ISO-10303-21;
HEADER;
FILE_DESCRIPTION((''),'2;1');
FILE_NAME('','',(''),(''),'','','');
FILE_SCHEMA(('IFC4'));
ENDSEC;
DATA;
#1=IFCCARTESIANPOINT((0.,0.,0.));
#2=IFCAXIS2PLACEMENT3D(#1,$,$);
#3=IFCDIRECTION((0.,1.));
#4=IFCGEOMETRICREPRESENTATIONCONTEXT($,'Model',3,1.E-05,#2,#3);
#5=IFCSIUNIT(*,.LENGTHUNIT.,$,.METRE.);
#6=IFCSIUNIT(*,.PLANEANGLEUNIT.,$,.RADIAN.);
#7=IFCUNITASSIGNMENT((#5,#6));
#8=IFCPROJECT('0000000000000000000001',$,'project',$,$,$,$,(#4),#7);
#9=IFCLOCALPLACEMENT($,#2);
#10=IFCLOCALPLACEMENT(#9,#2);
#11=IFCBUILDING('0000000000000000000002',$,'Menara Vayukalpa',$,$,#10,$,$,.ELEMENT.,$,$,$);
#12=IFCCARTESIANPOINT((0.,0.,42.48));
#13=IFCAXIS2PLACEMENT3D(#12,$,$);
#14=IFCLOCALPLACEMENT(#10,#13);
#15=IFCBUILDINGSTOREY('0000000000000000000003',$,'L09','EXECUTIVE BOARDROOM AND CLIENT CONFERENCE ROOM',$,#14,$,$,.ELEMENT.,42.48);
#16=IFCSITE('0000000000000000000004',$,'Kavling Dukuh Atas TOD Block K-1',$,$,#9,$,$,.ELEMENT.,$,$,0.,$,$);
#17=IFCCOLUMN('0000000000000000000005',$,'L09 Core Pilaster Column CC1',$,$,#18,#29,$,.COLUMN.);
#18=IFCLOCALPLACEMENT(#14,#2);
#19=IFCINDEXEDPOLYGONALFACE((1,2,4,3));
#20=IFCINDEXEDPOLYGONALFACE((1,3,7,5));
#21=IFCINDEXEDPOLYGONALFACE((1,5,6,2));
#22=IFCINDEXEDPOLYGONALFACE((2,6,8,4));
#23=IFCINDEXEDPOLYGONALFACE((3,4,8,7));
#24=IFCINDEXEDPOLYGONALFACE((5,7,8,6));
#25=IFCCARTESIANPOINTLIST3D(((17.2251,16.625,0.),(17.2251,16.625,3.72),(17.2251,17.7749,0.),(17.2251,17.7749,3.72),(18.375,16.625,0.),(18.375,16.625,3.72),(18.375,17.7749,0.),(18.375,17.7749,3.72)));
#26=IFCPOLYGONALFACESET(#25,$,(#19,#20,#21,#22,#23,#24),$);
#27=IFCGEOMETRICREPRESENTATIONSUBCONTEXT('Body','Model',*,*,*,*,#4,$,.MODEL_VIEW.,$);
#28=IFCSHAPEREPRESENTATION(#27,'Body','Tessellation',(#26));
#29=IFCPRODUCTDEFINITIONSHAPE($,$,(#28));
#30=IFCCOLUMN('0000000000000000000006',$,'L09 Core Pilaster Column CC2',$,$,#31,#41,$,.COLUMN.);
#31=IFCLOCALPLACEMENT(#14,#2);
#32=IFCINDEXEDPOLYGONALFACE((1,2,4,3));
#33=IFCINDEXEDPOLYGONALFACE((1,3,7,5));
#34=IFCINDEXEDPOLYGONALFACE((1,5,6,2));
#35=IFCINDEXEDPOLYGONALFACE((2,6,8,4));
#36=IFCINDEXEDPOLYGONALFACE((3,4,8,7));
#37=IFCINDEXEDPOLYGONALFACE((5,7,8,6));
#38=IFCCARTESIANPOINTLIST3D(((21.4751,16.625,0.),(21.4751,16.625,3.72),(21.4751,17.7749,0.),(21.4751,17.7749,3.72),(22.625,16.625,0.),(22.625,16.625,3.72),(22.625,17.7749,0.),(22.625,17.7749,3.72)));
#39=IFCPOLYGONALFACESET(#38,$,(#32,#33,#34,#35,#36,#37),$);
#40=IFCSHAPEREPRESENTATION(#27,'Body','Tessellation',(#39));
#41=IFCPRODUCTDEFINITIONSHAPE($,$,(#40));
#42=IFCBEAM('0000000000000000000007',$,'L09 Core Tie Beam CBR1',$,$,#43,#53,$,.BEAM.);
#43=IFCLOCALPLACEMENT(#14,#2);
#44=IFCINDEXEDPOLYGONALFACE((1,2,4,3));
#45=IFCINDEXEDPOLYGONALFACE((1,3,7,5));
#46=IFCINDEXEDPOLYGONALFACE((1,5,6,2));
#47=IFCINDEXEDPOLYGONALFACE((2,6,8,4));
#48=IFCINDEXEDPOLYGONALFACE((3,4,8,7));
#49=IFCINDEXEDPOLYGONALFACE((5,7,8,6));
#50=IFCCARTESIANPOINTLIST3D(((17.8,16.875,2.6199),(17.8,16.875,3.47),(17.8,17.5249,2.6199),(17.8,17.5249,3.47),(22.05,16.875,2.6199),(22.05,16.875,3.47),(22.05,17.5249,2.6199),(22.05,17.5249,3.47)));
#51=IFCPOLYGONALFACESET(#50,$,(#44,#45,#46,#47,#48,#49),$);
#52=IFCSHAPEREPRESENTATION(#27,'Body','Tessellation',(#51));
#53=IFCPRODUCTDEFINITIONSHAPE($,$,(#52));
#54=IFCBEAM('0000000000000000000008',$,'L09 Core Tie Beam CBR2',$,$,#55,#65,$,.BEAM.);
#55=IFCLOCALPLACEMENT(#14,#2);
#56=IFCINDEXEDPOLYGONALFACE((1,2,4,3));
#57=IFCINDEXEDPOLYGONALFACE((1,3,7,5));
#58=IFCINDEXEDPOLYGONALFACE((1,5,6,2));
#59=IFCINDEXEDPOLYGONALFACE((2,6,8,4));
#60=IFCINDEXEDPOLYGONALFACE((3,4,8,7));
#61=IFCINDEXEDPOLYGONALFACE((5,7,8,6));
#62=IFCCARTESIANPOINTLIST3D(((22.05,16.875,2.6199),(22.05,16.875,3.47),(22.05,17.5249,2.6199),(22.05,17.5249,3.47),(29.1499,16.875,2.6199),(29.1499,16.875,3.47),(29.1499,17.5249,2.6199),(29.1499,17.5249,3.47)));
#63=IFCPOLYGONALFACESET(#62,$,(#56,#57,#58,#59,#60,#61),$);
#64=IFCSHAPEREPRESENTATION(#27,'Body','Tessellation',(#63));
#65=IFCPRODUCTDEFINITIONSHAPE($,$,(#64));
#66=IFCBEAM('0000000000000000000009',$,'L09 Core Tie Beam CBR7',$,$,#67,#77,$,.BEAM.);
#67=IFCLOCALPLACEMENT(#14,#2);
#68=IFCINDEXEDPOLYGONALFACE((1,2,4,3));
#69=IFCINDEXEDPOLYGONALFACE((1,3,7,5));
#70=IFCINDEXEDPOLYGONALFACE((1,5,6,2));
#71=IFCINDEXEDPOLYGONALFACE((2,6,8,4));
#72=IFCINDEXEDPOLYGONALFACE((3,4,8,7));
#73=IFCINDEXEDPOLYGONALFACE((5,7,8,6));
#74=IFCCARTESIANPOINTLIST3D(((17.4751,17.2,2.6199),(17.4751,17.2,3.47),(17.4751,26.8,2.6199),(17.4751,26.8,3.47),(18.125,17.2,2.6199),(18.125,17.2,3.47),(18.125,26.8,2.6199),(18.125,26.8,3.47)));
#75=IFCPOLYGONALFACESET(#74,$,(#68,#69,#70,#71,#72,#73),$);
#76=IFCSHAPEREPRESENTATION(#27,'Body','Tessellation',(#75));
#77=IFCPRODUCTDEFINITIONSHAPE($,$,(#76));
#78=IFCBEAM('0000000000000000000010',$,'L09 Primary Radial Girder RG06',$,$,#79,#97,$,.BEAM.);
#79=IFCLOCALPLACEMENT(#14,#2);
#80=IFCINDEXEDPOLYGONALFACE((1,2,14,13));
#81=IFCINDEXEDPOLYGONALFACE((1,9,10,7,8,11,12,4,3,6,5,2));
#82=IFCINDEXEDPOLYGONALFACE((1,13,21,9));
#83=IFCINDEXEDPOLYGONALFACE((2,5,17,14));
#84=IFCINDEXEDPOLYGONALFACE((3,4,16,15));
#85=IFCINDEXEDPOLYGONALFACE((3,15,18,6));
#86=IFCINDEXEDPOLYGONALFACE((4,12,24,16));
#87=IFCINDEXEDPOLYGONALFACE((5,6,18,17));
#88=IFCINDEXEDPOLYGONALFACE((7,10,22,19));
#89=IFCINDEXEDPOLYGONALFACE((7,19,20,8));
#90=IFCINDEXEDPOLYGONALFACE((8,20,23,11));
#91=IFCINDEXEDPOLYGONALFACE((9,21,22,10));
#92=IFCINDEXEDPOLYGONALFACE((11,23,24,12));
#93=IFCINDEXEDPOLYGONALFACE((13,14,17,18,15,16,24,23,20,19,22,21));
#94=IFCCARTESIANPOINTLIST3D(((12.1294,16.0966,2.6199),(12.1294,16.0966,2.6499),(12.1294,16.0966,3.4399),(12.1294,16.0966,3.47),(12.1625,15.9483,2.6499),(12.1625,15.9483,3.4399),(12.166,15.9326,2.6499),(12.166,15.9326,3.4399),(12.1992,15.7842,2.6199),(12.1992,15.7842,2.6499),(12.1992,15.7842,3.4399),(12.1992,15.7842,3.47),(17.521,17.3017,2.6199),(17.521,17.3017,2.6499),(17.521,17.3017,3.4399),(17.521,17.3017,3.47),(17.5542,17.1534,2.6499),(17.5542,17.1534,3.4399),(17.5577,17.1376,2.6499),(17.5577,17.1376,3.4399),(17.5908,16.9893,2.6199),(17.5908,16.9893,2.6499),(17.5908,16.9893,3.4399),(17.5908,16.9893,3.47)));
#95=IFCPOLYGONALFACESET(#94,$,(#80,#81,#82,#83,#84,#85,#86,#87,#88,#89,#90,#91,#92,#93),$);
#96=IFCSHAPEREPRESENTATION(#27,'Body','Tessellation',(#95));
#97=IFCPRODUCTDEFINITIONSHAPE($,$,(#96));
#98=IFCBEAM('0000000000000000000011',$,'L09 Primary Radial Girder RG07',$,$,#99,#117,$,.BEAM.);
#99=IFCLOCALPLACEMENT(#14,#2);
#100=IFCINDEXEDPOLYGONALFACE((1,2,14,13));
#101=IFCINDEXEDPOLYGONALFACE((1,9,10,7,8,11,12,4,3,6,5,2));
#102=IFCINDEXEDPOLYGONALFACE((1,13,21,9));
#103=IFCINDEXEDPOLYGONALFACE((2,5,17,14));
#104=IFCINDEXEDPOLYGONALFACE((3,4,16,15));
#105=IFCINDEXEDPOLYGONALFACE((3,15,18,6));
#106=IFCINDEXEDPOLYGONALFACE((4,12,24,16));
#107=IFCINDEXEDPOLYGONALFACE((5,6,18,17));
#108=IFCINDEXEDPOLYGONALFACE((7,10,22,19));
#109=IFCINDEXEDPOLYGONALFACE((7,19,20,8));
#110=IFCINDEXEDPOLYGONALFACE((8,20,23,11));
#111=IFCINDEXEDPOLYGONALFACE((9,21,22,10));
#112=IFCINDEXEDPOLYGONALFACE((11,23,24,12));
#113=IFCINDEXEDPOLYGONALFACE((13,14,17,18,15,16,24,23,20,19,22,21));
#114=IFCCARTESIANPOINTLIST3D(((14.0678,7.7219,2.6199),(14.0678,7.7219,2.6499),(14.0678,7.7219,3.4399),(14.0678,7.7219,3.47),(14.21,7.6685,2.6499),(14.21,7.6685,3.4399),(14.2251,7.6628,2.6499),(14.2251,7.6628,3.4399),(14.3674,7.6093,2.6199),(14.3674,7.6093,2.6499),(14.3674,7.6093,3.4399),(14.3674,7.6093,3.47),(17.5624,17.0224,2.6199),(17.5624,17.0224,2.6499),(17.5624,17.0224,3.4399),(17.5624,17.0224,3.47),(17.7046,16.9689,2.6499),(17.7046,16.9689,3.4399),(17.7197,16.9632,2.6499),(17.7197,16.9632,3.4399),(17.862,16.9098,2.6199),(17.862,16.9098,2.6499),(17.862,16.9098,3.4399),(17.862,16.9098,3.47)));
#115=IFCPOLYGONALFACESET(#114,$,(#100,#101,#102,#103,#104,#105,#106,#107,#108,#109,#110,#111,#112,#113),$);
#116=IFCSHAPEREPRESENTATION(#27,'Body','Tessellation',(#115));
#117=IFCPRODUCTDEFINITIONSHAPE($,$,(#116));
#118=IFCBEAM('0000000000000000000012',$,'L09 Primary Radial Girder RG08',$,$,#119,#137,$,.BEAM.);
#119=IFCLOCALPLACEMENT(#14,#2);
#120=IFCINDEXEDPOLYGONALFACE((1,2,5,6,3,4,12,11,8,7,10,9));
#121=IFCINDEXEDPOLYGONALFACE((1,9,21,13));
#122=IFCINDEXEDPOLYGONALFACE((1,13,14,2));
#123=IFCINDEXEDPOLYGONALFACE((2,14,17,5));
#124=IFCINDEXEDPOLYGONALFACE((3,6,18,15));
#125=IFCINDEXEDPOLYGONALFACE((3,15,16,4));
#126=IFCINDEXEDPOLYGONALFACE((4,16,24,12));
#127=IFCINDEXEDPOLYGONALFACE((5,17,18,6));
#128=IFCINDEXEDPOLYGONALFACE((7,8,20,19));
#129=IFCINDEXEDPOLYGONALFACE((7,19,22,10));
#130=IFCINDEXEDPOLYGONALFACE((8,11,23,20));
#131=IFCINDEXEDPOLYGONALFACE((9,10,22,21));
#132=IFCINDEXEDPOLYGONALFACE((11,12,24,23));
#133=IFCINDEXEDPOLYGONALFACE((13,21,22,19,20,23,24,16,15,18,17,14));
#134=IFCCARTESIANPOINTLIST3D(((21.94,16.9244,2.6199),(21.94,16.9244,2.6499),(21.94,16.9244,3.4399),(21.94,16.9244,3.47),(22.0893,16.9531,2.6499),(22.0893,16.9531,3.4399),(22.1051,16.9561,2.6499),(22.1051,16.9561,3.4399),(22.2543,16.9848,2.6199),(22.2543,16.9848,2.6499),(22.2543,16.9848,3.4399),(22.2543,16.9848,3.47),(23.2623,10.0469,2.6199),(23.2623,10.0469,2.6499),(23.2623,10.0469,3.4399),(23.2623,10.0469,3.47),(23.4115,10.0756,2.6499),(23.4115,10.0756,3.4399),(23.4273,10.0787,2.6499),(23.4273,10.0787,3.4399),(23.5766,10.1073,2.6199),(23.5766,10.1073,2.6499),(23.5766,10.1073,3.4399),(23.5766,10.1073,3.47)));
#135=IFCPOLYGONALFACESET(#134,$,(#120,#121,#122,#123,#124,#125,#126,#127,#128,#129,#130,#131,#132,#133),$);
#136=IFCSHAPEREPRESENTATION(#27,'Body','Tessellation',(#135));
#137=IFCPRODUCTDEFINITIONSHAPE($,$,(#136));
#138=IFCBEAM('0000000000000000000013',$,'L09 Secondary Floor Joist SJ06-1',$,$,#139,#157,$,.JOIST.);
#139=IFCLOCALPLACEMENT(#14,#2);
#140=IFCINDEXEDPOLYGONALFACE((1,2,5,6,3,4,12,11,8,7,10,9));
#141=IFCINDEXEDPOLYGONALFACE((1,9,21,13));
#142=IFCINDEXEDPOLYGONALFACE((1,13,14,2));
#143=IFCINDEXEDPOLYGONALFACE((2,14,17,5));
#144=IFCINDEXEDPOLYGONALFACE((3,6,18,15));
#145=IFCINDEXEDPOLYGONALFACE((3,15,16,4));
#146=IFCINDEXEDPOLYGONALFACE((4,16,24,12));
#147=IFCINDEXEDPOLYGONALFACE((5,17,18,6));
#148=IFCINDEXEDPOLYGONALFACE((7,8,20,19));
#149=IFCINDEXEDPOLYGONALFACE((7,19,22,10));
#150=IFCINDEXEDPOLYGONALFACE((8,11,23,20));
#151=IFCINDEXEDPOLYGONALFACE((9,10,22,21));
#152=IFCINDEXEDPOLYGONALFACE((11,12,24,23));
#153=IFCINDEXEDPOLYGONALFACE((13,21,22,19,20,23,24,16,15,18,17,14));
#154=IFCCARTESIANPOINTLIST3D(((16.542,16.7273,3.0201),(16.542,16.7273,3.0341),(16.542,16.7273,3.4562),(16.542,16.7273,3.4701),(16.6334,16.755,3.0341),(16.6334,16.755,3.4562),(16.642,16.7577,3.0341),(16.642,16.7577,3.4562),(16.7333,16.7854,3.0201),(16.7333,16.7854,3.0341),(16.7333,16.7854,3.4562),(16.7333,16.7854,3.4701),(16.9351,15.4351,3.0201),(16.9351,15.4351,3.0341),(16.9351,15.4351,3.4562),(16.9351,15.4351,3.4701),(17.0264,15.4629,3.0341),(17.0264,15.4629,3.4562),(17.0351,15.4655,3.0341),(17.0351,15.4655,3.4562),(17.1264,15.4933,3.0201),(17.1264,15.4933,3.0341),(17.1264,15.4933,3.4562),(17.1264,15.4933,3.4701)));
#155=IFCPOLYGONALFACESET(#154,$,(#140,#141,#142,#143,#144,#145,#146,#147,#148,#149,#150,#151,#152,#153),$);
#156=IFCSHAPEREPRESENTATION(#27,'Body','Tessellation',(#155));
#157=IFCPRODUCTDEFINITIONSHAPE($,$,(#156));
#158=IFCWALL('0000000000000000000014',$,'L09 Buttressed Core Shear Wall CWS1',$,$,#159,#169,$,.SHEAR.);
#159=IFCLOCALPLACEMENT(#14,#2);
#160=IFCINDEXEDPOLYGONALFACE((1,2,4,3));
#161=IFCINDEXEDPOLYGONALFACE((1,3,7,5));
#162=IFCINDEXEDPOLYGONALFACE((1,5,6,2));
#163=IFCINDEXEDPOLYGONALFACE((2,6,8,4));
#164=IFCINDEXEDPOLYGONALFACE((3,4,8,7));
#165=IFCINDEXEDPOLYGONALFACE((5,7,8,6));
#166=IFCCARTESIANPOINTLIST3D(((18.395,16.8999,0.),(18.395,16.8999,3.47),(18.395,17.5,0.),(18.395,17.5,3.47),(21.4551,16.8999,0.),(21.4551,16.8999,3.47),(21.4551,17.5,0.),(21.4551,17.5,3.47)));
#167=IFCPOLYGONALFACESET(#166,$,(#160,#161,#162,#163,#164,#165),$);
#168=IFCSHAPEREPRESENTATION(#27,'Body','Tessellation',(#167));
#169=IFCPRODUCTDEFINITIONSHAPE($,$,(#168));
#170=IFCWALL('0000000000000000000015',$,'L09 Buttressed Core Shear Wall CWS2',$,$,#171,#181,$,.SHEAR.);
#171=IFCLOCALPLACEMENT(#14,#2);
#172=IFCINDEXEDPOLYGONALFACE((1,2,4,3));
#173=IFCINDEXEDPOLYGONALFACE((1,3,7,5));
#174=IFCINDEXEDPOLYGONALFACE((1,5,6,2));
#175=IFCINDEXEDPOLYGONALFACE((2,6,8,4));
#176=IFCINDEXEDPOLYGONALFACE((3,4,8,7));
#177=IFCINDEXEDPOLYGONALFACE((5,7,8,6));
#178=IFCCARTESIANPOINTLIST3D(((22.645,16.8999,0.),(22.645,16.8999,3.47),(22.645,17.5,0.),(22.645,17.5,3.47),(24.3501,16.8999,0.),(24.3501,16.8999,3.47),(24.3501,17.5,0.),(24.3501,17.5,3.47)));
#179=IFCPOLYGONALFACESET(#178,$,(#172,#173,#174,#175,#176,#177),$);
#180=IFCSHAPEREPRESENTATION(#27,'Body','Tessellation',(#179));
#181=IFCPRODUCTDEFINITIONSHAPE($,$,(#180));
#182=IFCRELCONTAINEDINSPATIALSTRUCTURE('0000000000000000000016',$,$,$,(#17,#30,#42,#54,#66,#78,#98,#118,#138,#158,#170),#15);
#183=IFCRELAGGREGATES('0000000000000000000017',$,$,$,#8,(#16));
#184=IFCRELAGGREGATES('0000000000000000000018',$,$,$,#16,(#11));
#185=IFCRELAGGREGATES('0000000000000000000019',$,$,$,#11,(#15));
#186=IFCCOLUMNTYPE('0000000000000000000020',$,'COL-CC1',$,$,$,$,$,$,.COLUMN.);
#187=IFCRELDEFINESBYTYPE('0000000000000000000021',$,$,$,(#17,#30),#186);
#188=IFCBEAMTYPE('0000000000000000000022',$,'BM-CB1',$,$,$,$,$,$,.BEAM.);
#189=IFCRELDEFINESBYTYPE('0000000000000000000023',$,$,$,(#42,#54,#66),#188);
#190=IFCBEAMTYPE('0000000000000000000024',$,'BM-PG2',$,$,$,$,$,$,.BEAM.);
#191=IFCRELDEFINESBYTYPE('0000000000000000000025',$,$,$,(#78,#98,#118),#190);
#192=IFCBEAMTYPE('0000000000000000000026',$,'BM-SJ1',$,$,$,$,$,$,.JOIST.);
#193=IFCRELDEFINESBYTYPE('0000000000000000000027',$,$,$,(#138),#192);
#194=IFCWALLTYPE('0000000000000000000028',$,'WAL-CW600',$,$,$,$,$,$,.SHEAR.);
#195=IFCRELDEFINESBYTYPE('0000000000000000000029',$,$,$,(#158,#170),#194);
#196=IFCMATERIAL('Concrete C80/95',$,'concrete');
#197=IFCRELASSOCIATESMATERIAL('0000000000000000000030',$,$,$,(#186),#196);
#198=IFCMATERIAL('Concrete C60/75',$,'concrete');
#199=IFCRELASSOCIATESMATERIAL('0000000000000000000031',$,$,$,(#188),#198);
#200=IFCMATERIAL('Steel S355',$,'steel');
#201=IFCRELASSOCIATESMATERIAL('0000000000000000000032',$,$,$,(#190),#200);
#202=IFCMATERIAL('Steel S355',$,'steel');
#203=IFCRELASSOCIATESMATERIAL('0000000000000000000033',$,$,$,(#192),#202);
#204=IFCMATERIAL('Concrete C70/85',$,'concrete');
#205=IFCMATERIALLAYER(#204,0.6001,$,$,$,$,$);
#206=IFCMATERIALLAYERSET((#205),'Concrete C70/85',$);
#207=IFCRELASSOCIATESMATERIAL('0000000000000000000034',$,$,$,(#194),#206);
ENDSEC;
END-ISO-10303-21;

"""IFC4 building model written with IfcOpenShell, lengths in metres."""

from ifc_helpers import new_model, si_unit, direction, frame, frame_2d, origin, origin_2d, place, context, subcontext, project, spatial, rectangle, i_section, extrude, material, layer, layer_set, material_profile, profile_set, type_object, element, save


model = new_model("IFC4")

# Units and contexts
model_context = context("Model", 3, precision=1e-05, world=origin(), true_north=direction((0.0, 1.0)))
body_context = subcontext(model_context, "Body", "Model", "MODEL_VIEW")
ifc_project = project(units=[si_unit("LENGTHUNIT", "METRE"), si_unit("PLANEANGLEUNIT", "RADIAN")], contexts=[model_context])

# Site, building, storey
site_placement = place(None, origin())
site = spatial("IfcSite", under=ifc_project, at=site_placement, Name="Kavling Dukuh Atas TOD Block K-1", CompositionType="ELEMENT", RefElevation=0.0)
building_placement = place(site_placement, origin())
building = spatial("IfcBuilding", under=site, at=building_placement, Name="Menara Vayukalpa", CompositionType="ELEMENT")
storey_placement = place(building_placement, frame((0.0, 0.0, 42.48)))
storey = spatial("IfcBuildingStorey", under=building, at=storey_placement, Name="L09", Description="EXECUTIVE BOARDROOM AND CLIENT CONFERENCE ROOM", CompositionType="ELEMENT", Elevation=42.48)

# Columns
ifc_material_1 = material(Name="Concrete C80/95", Category="concrete")
ifc_material_profile_1 = material_profile(ifc_material_1, rectangle(XDim=1.1499, YDim=1.1499, at=origin_2d()), Name="RC 1150x1150")
ifc_profile_set_1 = profile_set([ifc_material_profile_1], Name="Concrete C80/95")
column_type = type_object("IfcColumnType", Name="COL-CC1", PredefinedType="COLUMN", material=ifc_profile_set_1)
for number, where, z_axis, x_axis, name in (
    (1, (17.8, 17.2, 0.0), (0.0, 0.0, 1.0), (1.0, 0.0, 0.0), "L09 Core Pilaster Column CC1"),
    (2, (22.05, 17.2, 0.0), (0.0, 0.0, 1.0), (1.0, 0.0, 0.0), "L09 Core Pilaster Column CC2"),
):
    element("IfcColumn", number, at=place(storey_placement, frame(where, z_axis=z_axis, x_axis=x_axis)), inside=storey, type_object=column_type, Name=name, PredefinedType="COLUMN", context=body_context, shape_type="SweptSolid", body=[
        extrude(rectangle(XDim=1.1499, YDim=1.1499, at=origin_2d()), origin(), (0.0, 0.0, 1.0), 3.72),
    ])

# Beams
ifc_material_2 = material(Name="Concrete C60/75", Category="concrete")
ifc_material_profile_2 = material_profile(ifc_material_2, rectangle(XDim=0.6499, YDim=0.8501, at=origin_2d()), Name="RC 650x850")
ifc_profile_set_2 = profile_set([ifc_material_profile_2], Name="Concrete C60/75")
beam_type_1 = type_object("IfcBeamType", Name="BM-CB1", PredefinedType="BEAM", material=ifc_profile_set_2)
beam_1_placement = place(storey_placement, frame((17.8, 17.2, 3.0449), z_axis=(1.0, 0.0, 0.0), x_axis=(0.0, 1.0, 0.0)))
element("IfcBeam", 3, at=beam_1_placement, inside=storey, type_object=beam_type_1, Name="L09 Core Tie Beam CBR1", PredefinedType="BEAM", context=body_context, shape_type="SweptSolid", body=[
    extrude(rectangle(XDim=0.6499, YDim=0.8501, at=origin_2d()), origin(), (0.0, 0.0, 1.0), 4.25),
])
beam_2_placement = place(storey_placement, frame((22.05, 17.2, 3.0449), z_axis=(1.0, 0.0, 0.0), x_axis=(0.0, 1.0, 0.0)))
element("IfcBeam", 4, at=beam_2_placement, inside=storey, type_object=beam_type_1, Name="L09 Core Tie Beam CBR2", PredefinedType="BEAM", context=body_context, shape_type="SweptSolid", body=[
    extrude(rectangle(XDim=0.6499, YDim=0.8501, at=origin_2d()), origin(), (0.0, 0.0, 1.0), 7.0999),
])
beam_3_placement = place(storey_placement, frame((17.8, 17.2, 3.0449), z_axis=(0.0, 1.0, 0.0), x_axis=(-1.0, 0.0, 0.0)))
element("IfcBeam", 5, at=beam_3_placement, inside=storey, type_object=beam_type_1, Name="L09 Core Tie Beam CBR7", PredefinedType="BEAM", context=body_context, shape_type="SweptSolid", body=[
    extrude(rectangle(XDim=0.6499, YDim=0.8501, at=origin_2d()), origin(), (0.0, 0.0, 1.0), 9.6001),
])
ifc_material_3 = material(Name="Steel S355", Category="steel")
ifc_material_profile_3 = material_profile(ifc_material_3, i_section(OverallWidth=0.3201, OverallDepth=0.8501, WebThickness=0.0161, FlangeThickness=0.03, at=origin_2d()), Name="WF 850x320x16x30")
ifc_profile_set_3 = profile_set([ifc_material_profile_3], Name="Steel S355")
beam_type_2 = type_object("IfcBeamType", Name="BM-PG2", PredefinedType="BEAM", material=ifc_profile_set_3)
beam_4_placement = place(storey_placement, frame((17.5559, 17.1455, 3.0449), z_axis=(-0.97592, -0.218128, 0.0), x_axis=(0.218128, -0.97592, 0.0)))
element("IfcBeam", 6, at=beam_4_placement, inside=storey, type_object=beam_type_2, Name="L09 Primary Radial Girder RG06", PredefinedType="BEAM", context=body_context, shape_type="SweptSolid", body=[
    extrude(i_section(OverallWidth=0.3201, OverallDepth=0.8501, WebThickness=0.0161, FlangeThickness=0.03, at=origin_2d()), origin(), (0.0, 0.0, 1.0), 5.5247),
])
beam_5_placement = place(storey_placement, frame((17.7122, 16.9661, 3.0449), z_axis=(-0.351735, -0.9361, 0.0), x_axis=(0.9361, -0.351735, 0.0)))
element("IfcBeam", 7, at=beam_5_placement, inside=storey, type_object=beam_type_2, Name="L09 Primary Radial Girder RG07", PredefinedType="BEAM", context=body_context, shape_type="SweptSolid", body=[
    extrude(i_section(OverallWidth=0.3201, OverallDepth=0.8501, WebThickness=0.0161, FlangeThickness=0.03, at=origin_2d()), origin(), (0.0, 0.0, 1.0), 9.9353),
])
beam_6_placement = place(storey_placement, frame((22.0972, 16.9546, 3.0449), z_axis=(0.188803, -0.982015, 0.0), x_axis=(0.982015, 0.188803, 0.0)))
element("IfcBeam", 8, at=beam_6_placement, inside=storey, type_object=beam_type_2, Name="L09 Primary Radial Girder RG08", PredefinedType="BEAM", context=body_context, shape_type="SweptSolid", body=[
    extrude(i_section(OverallWidth=0.3201, OverallDepth=0.8501, WebThickness=0.0161, FlangeThickness=0.03, at=origin_2d()), origin(), (0.0, 0.0, 1.0), 7.0034),
])
ifc_material_4 = material(Name="Steel S355", Category="steel")
ifc_material_profile_4 = material_profile(ifc_material_4, i_section(OverallWidth=0.2, OverallDepth=0.45, WebThickness=0.009, FlangeThickness=0.0139, at=origin_2d()), Name="WF 450x200x9x14")
ifc_profile_set_4 = profile_set([ifc_material_profile_4], Name="Steel S355")
beam_type_3 = type_object("IfcBeamType", Name="BM-SJ1", PredefinedType="JOIST", material=ifc_profile_set_4)
beam_7_placement = place(storey_placement, frame((16.6377, 16.7563, 3.2451), z_axis=(0.291011, -0.95672, 0.0), x_axis=(0.95672, 0.291011, 0.0)))
element("IfcBeam", 9, at=beam_7_placement, inside=storey, type_object=beam_type_3, Name="L09 Secondary Floor Joist SJ06-1", PredefinedType="JOIST", context=body_context, shape_type="SweptSolid", body=[
    extrude(i_section(OverallWidth=0.2, OverallDepth=0.45, WebThickness=0.009, FlangeThickness=0.0139, at=origin_2d()), origin(), (0.0, 0.0, 1.0), 1.3506),
])

# Walls
ifc_material_5 = material(Name="Concrete C70/85", Category="concrete")
ifc_layer_1 = layer(ifc_material_5, 0.6001)
ifc_layer_set_1 = layer_set([ifc_layer_1], Name="Concrete C70/85")
wall_type_1 = type_object("IfcWallType", Name="WAL-CW600", PredefinedType="SHEAR", material=ifc_layer_set_1)
wall_1_placement = place(storey_placement, frame((18.395, 17.2, 0.0), z_axis=(0.0, 0.0, 1.0), x_axis=(1.0, 0.0, 0.0)))
element("IfcWall", 10, at=wall_1_placement, inside=storey, type_object=wall_type_1, Name="L09 Buttressed Core Shear Wall CWS1", PredefinedType="SHEAR", context=body_context, shape_type="SweptSolid", body=[
    extrude(rectangle(XDim=3.0601, YDim=0.6001, at=frame_2d((1.53, 0.0))), origin(), (0.0, 0.0, 1.0), 3.47),
])
wall_2_placement = place(storey_placement, frame((22.645, 17.2, 0.0), z_axis=(0.0, 0.0, 1.0), x_axis=(1.0, 0.0, 0.0)))
element("IfcWall", 11, at=wall_2_placement, inside=storey, type_object=wall_type_1, Name="L09 Buttressed Core Shear Wall CWS2", PredefinedType="SHEAR", context=body_context, shape_type="SweptSolid", body=[
    extrude(rectangle(XDim=1.7051, YDim=0.6001, at=frame_2d((0.8525, 0.0))), origin(), (0.0, 0.0, 1.0), 3.47),
])

save(model, "model.ifc")
